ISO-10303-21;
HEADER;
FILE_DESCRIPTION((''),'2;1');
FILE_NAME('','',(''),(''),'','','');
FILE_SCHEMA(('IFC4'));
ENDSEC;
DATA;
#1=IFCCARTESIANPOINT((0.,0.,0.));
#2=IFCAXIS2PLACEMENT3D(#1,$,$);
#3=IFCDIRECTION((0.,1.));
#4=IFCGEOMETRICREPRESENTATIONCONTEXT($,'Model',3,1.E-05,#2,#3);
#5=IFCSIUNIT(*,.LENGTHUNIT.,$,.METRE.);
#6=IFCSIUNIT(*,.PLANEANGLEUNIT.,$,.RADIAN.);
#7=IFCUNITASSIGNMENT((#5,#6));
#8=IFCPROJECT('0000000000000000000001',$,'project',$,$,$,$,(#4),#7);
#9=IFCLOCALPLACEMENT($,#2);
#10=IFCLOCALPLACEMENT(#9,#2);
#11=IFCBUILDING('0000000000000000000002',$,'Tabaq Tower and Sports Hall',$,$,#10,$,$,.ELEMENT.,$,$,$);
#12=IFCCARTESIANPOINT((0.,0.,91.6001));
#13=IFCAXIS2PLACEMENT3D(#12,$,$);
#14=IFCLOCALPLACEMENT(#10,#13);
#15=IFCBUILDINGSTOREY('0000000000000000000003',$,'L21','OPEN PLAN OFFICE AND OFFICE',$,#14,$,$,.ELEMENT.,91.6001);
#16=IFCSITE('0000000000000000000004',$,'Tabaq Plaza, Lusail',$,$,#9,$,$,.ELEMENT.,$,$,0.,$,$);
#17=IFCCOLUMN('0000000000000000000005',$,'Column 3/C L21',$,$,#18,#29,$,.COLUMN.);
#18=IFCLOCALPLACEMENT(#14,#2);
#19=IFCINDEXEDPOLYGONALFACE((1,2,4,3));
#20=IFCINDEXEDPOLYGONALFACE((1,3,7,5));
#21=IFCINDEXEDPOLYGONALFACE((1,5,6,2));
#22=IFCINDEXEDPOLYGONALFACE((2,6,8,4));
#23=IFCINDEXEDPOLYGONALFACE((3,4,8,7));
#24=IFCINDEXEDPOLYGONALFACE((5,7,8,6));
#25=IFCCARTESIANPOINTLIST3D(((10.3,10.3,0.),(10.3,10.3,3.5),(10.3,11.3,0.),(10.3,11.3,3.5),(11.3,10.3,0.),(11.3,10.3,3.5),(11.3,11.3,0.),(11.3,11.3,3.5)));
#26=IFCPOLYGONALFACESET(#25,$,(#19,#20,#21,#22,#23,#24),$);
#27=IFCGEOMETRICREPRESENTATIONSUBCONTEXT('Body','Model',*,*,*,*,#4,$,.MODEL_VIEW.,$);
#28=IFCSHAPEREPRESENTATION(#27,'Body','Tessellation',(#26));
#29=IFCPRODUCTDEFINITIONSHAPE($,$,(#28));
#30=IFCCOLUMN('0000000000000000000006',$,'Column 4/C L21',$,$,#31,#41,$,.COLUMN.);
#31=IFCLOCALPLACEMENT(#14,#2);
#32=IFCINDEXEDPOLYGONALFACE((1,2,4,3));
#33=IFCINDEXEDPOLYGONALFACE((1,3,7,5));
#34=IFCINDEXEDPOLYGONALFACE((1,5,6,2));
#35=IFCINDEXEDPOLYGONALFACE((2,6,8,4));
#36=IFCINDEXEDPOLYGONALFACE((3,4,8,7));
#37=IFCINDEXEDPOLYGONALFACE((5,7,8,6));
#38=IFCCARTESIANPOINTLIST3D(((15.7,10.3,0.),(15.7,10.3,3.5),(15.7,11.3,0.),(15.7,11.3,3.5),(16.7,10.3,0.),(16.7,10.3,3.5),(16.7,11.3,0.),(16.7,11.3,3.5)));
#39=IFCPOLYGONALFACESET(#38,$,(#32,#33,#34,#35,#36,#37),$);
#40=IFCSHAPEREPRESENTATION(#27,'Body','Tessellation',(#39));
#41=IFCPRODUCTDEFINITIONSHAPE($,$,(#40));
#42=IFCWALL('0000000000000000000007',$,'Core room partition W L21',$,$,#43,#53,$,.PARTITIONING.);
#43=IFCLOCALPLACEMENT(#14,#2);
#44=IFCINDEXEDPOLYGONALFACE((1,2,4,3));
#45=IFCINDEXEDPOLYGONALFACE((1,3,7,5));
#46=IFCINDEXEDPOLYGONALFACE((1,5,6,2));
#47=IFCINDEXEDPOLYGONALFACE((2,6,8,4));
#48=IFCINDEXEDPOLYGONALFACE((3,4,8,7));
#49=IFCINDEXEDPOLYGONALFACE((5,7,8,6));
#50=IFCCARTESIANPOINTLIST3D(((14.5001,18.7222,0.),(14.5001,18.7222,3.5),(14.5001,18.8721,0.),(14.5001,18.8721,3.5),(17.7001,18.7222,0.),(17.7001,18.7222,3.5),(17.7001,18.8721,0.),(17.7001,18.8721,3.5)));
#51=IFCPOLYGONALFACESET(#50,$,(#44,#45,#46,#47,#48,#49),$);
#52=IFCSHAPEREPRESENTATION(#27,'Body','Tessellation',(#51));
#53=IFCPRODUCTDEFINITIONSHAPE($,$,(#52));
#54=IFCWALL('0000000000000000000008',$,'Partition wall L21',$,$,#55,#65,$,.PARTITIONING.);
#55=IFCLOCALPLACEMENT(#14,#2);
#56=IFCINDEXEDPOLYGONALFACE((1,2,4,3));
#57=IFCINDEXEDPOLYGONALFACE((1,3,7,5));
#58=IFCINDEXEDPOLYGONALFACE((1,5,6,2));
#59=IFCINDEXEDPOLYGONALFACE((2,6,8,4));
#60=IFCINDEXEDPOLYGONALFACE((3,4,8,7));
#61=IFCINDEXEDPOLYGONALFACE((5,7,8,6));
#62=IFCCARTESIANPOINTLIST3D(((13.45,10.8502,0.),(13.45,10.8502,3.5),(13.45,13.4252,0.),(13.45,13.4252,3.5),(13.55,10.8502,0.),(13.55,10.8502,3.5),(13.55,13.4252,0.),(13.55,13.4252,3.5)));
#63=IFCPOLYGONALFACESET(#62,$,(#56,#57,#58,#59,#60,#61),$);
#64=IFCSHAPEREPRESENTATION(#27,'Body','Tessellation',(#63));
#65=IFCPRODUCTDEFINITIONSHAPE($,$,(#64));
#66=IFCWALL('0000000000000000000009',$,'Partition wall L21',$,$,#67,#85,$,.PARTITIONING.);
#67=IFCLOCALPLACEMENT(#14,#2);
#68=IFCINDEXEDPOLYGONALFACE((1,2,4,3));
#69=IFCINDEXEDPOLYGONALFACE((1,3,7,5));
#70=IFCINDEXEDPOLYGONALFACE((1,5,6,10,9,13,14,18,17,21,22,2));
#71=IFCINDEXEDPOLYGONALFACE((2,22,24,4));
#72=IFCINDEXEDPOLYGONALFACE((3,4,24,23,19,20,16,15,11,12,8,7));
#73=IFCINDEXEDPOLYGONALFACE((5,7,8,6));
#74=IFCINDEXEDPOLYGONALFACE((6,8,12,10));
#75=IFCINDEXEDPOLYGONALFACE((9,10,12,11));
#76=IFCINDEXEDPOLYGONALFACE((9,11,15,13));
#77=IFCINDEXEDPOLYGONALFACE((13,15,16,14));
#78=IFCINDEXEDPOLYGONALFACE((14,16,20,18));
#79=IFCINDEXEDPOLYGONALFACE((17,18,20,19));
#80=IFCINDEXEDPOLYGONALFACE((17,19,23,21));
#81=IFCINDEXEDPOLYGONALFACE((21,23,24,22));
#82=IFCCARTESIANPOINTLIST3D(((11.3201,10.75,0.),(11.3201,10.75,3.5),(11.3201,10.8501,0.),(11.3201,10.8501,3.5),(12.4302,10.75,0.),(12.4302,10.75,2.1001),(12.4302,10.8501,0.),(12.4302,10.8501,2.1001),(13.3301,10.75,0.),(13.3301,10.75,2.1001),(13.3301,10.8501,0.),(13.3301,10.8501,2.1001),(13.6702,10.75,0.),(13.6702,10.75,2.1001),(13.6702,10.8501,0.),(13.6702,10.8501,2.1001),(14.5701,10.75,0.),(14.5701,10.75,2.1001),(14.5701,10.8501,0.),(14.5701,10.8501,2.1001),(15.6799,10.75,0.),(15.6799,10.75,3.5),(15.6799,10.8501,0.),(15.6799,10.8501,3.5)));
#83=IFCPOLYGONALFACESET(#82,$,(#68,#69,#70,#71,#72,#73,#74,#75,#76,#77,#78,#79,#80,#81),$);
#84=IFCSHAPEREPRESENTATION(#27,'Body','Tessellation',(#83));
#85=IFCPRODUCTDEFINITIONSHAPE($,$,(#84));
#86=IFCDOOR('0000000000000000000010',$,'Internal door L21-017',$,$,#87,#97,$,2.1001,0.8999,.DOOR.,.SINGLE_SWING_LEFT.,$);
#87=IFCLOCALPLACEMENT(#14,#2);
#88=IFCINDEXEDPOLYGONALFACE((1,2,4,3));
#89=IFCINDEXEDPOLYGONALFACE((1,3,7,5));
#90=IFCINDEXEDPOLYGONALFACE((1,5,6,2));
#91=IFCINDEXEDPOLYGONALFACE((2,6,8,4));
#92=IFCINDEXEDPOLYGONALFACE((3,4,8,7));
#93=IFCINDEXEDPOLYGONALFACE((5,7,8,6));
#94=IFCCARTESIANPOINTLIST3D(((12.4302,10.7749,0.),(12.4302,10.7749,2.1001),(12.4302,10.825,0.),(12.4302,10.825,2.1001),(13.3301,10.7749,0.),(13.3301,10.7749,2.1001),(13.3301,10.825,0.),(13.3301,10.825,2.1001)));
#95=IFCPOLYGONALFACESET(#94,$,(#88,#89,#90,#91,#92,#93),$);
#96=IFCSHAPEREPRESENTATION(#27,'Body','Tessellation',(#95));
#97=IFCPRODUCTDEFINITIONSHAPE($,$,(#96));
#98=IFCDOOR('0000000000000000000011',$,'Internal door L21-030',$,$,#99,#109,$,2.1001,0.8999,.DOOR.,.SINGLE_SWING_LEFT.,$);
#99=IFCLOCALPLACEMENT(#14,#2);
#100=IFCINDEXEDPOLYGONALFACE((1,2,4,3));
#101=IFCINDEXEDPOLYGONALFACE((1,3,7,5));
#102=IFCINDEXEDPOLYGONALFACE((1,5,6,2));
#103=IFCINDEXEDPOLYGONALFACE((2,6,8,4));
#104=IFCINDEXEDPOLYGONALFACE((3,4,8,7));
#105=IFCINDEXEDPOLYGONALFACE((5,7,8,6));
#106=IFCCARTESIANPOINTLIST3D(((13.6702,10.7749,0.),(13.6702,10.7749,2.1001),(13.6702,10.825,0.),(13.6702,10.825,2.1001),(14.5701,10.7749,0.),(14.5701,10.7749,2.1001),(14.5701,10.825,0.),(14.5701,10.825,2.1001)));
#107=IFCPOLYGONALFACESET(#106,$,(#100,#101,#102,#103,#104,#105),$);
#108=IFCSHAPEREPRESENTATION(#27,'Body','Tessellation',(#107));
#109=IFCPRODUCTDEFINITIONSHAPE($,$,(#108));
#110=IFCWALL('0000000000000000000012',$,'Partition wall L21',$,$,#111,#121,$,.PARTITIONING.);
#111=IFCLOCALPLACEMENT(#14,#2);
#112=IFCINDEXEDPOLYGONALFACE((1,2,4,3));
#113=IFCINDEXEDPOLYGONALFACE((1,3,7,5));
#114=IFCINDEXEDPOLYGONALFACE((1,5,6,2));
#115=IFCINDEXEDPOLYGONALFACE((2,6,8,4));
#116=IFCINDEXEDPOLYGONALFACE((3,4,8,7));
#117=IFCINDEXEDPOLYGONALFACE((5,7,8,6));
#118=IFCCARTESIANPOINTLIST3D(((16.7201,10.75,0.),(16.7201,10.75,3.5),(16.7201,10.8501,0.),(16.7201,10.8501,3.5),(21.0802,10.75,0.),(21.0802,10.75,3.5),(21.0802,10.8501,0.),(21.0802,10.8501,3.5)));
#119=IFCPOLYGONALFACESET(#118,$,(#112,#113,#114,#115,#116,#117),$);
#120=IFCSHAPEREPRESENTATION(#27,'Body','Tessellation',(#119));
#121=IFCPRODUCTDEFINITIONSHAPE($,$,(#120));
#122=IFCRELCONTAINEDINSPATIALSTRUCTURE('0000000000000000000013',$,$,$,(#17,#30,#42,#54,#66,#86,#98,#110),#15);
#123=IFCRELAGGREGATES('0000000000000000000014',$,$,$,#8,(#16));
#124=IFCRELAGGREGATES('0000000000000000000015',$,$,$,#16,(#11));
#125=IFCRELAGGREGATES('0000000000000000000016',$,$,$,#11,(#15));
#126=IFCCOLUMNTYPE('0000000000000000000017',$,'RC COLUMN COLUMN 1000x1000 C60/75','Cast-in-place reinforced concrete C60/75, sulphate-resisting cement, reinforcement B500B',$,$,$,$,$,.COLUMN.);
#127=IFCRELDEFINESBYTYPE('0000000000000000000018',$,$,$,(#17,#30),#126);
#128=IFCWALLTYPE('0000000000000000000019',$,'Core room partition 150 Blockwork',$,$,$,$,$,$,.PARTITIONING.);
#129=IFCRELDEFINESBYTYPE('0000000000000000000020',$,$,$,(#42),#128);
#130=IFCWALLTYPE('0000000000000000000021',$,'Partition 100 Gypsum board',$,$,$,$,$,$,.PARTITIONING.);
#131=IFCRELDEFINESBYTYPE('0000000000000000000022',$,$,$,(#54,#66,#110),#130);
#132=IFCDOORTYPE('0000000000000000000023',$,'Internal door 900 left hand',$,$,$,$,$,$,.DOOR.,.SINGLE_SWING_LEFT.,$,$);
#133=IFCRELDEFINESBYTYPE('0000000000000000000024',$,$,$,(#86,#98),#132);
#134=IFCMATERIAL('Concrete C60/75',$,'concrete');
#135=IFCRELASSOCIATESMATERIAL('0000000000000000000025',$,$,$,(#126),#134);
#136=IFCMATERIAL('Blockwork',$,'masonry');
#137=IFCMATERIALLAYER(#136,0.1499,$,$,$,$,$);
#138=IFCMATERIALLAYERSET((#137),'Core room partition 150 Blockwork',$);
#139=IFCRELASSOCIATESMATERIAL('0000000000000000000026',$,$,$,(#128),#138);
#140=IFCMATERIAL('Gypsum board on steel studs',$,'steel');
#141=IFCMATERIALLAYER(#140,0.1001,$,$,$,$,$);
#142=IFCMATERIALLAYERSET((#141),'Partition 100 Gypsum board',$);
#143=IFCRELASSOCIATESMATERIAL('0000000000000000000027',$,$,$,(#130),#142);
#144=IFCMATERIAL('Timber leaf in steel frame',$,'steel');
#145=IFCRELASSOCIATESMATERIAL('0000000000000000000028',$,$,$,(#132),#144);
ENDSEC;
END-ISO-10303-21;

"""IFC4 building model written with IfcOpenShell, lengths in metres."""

from ifc_helpers import new_model, si_unit, direction, frame, frame_2d, origin, origin_2d, place, context, subcontext, project, spatial, rectangle, extrude, material, layer, layer_set, material_profile, profile_set, type_object, element, fill, save


model = new_model("IFC4")

# Units and contexts
model_context = context("Model", 3, precision=1e-05, world=origin(), true_north=direction((0.0, 1.0)))
body_context = subcontext(model_context, "Body", "Model", "MODEL_VIEW")
ifc_project = project(units=[si_unit("LENGTHUNIT", "METRE"), si_unit("PLANEANGLEUNIT", "RADIAN")], contexts=[model_context])

# Site, building, storey
site_placement = place(None, origin())
site = spatial("IfcSite", under=ifc_project, at=site_placement, Name="Tabaq Plaza, Lusail", CompositionType="ELEMENT", RefElevation=0.0)
building_placement = place(site_placement, origin())
building = spatial("IfcBuilding", under=site, at=building_placement, Name="Tabaq Tower and Sports Hall", CompositionType="ELEMENT")
storey_placement = place(building_placement, frame((0.0, 0.0, 91.6001)))
storey = spatial("IfcBuildingStorey", under=building, at=storey_placement, Name="L21", Description="OPEN PLAN OFFICE AND OFFICE", CompositionType="ELEMENT", Elevation=91.6001)

# Columns
ifc_material_1 = material(Name="Concrete C60/75", Category="concrete")
ifc_material_profile = material_profile(ifc_material_1, rectangle(XDim=1.0, YDim=1.0, at=origin_2d()), Name="COLUMN 1000x1000")
ifc_profile_set = profile_set([ifc_material_profile], Name="Concrete C60/75")
column_type = type_object("IfcColumnType", Name="RC COLUMN COLUMN 1000x1000 C60/75", Description="Cast-in-place reinforced concrete C60/75, sulphate-resisting cement, reinforcement B500B", PredefinedType="COLUMN", material=ifc_profile_set)
for number, where, z_axis, x_axis, name in (
    (1, (10.8, 10.8, 0.0), (0.0, 0.0, 1.0), (1.0, 0.0, 0.0), "Column 3/C L21"),
    (2, (16.2, 10.8, 0.0), (0.0, 0.0, 1.0), (1.0, 0.0, 0.0), "Column 4/C L21"),
):
    element("IfcColumn", number, at=place(storey_placement, frame(where, z_axis=z_axis, x_axis=x_axis)), inside=storey, type_object=column_type, Name=name, PredefinedType="COLUMN", context=body_context, shape_type="SweptSolid", body=[
        extrude(rectangle(XDim=1.0, YDim=1.0, at=origin_2d()), origin(), (0.0, 0.0, 1.0), 3.5),
    ])

# Wall
ifc_material_2 = material(Name="Blockwork", Category="masonry")
ifc_layer_1 = layer(ifc_material_2, 0.1499)
ifc_layer_set_1 = layer_set([ifc_layer_1], Name="Core room partition 150 Blockwork")
wall_type_1 = type_object("IfcWallType", Name="Core room partition 150 Blockwork", PredefinedType="PARTITIONING", material=ifc_layer_set_1)
wall_1_placement = place(storey_placement, frame((14.5, 18.7971, 0.0), z_axis=(0.0, 0.0, 1.0), x_axis=(1.0, 0.0, 0.0)))
element("IfcWall", 3, at=wall_1_placement, inside=storey, type_object=wall_type_1, Name="Core room partition W L21", PredefinedType="PARTITIONING", context=body_context, shape_type="SweptSolid", body=[
    extrude(rectangle(XDim=3.2, YDim=0.1499, at=frame_2d((1.6001, 0.0))), origin(), (0.0, 0.0, 1.0), 3.5),
])

# Wall
ifc_material_3 = material(Name="Gypsum board on steel studs", Category="steel")
ifc_layer_2 = layer(ifc_material_3, 0.1001)
ifc_layer_set_2 = layer_set([ifc_layer_2], Name="Partition 100 Gypsum board")
wall_type_2 = type_object("IfcWallType", Name="Partition 100 Gypsum board", PredefinedType="PARTITIONING", material=ifc_layer_set_2)
wall_2_placement = place(storey_placement, frame((13.5, 10.8501, 0.0), z_axis=(0.0, 0.0, 1.0), x_axis=(0.0, 1.0, 0.0)))
element("IfcWall", 4, at=wall_2_placement, inside=storey, type_object=wall_type_2, Name="Partition wall L21", PredefinedType="PARTITIONING", context=body_context, shape_type="SweptSolid", body=[
    extrude(rectangle(XDim=2.575, YDim=0.1001, at=frame_2d((1.2876, 0.0))), origin(), (0.0, 0.0, 1.0), 3.5),
])

# Wall, openings, doors
wall_3_placement = place(storey_placement, frame((11.3201, 10.8, 0.0), z_axis=(0.0, 0.0, 1.0), x_axis=(1.0, 0.0, 0.0)))
wall_3 = element("IfcWall", 5, at=wall_3_placement, inside=storey, type_object=wall_type_2, Name="Partition wall L21", PredefinedType="PARTITIONING", context=body_context, shape_type="SweptSolid", body=[
    extrude(rectangle(XDim=4.3599, YDim=0.1001, at=frame_2d((2.1799, 0.0))), origin(), (0.0, 0.0, 1.0), 3.5),
])
opening_1_placement = place(wall_3_placement, frame((1.1101, 0.0, 0.0)))
opening_1 = element("IfcOpeningElement", 6, at=opening_1_placement, cuts=wall_3, PredefinedType="OPENING", context=body_context, shape_type="SweptSolid", body=[
    extrude(rectangle(XDim=0.8999, YDim=2.1001, at=frame_2d((0.45, 1.05))), frame((0.0, 0.05, 0.0), z_axis=(0.0, -1.0, 0.0), x_axis=(1.0, 0.0, 0.0)), (0.0, 0.0, 1.0), 0.1001),
])
opening_2_placement = place(wall_3_placement, frame((2.3501, 0.0, 0.0)))
opening_2 = element("IfcOpeningElement", 7, at=opening_2_placement, cuts=wall_3, PredefinedType="OPENING", context=body_context, shape_type="SweptSolid", body=[
    extrude(rectangle(XDim=0.8999, YDim=2.1001, at=frame_2d((0.45, 1.05))), frame((0.0, 0.05, 0.0), z_axis=(0.0, -1.0, 0.0), x_axis=(1.0, 0.0, 0.0)), (0.0, 0.0, 1.0), 0.1001),
])
ifc_material_4 = material(Name="Timber leaf in steel frame", Category="steel")
door_type_1 = type_object("IfcDoorType", Name="Internal door 900 left hand", OperationType="SINGLE_SWING_LEFT", PredefinedType="DOOR", material=ifc_material_4)
door_1_placement = place(opening_1_placement, origin())
door_1 = element("IfcDoor", 8, at=door_1_placement, inside=storey, type_object=door_type_1, Name="Internal door L21-017", OperationType="SINGLE_SWING_LEFT", OverallHeight=2.1001, OverallWidth=0.8999, PredefinedType="DOOR", context=body_context, shape_type="SweptSolid", body=[
    extrude(rectangle(XDim=0.8999, YDim=2.1001, at=frame_2d((0.45, 1.05))), frame((0.0, 0.0249, 0.0), z_axis=(0.0, -1.0, 0.0), x_axis=(1.0, 0.0, 0.0)), (0.0, 0.0, 1.0), 0.05),
])
fill(opening_1, door_1)
door_2_placement = place(opening_2_placement, origin())
door_2 = element("IfcDoor", 9, at=door_2_placement, inside=storey, type_object=door_type_1, Name="Internal door L21-030", OperationType="SINGLE_SWING_LEFT", OverallHeight=2.1001, OverallWidth=0.8999, PredefinedType="DOOR", context=body_context, shape_type="SweptSolid", body=[
    extrude(rectangle(XDim=0.8999, YDim=2.1001, at=frame_2d((0.45, 1.05))), frame((0.0, 0.0249, 0.0), z_axis=(0.0, -1.0, 0.0), x_axis=(1.0, 0.0, 0.0)), (0.0, 0.0, 1.0), 0.05),
])
fill(opening_2, door_2)

# Wall
wall_4_placement = place(storey_placement, frame((16.72, 10.8, 0.0), z_axis=(0.0, 0.0, 1.0), x_axis=(1.0, 0.0, 0.0)))
element("IfcWall", 10, at=wall_4_placement, inside=storey, type_object=wall_type_2, Name="Partition wall L21", PredefinedType="PARTITIONING", context=body_context, shape_type="SweptSolid", body=[
    extrude(rectangle(XDim=4.3601, YDim=0.1001, at=frame_2d((2.1802, 0.0))), origin(), (0.0, 0.0, 1.0), 3.5),
])

save(model, "model.ifc")
